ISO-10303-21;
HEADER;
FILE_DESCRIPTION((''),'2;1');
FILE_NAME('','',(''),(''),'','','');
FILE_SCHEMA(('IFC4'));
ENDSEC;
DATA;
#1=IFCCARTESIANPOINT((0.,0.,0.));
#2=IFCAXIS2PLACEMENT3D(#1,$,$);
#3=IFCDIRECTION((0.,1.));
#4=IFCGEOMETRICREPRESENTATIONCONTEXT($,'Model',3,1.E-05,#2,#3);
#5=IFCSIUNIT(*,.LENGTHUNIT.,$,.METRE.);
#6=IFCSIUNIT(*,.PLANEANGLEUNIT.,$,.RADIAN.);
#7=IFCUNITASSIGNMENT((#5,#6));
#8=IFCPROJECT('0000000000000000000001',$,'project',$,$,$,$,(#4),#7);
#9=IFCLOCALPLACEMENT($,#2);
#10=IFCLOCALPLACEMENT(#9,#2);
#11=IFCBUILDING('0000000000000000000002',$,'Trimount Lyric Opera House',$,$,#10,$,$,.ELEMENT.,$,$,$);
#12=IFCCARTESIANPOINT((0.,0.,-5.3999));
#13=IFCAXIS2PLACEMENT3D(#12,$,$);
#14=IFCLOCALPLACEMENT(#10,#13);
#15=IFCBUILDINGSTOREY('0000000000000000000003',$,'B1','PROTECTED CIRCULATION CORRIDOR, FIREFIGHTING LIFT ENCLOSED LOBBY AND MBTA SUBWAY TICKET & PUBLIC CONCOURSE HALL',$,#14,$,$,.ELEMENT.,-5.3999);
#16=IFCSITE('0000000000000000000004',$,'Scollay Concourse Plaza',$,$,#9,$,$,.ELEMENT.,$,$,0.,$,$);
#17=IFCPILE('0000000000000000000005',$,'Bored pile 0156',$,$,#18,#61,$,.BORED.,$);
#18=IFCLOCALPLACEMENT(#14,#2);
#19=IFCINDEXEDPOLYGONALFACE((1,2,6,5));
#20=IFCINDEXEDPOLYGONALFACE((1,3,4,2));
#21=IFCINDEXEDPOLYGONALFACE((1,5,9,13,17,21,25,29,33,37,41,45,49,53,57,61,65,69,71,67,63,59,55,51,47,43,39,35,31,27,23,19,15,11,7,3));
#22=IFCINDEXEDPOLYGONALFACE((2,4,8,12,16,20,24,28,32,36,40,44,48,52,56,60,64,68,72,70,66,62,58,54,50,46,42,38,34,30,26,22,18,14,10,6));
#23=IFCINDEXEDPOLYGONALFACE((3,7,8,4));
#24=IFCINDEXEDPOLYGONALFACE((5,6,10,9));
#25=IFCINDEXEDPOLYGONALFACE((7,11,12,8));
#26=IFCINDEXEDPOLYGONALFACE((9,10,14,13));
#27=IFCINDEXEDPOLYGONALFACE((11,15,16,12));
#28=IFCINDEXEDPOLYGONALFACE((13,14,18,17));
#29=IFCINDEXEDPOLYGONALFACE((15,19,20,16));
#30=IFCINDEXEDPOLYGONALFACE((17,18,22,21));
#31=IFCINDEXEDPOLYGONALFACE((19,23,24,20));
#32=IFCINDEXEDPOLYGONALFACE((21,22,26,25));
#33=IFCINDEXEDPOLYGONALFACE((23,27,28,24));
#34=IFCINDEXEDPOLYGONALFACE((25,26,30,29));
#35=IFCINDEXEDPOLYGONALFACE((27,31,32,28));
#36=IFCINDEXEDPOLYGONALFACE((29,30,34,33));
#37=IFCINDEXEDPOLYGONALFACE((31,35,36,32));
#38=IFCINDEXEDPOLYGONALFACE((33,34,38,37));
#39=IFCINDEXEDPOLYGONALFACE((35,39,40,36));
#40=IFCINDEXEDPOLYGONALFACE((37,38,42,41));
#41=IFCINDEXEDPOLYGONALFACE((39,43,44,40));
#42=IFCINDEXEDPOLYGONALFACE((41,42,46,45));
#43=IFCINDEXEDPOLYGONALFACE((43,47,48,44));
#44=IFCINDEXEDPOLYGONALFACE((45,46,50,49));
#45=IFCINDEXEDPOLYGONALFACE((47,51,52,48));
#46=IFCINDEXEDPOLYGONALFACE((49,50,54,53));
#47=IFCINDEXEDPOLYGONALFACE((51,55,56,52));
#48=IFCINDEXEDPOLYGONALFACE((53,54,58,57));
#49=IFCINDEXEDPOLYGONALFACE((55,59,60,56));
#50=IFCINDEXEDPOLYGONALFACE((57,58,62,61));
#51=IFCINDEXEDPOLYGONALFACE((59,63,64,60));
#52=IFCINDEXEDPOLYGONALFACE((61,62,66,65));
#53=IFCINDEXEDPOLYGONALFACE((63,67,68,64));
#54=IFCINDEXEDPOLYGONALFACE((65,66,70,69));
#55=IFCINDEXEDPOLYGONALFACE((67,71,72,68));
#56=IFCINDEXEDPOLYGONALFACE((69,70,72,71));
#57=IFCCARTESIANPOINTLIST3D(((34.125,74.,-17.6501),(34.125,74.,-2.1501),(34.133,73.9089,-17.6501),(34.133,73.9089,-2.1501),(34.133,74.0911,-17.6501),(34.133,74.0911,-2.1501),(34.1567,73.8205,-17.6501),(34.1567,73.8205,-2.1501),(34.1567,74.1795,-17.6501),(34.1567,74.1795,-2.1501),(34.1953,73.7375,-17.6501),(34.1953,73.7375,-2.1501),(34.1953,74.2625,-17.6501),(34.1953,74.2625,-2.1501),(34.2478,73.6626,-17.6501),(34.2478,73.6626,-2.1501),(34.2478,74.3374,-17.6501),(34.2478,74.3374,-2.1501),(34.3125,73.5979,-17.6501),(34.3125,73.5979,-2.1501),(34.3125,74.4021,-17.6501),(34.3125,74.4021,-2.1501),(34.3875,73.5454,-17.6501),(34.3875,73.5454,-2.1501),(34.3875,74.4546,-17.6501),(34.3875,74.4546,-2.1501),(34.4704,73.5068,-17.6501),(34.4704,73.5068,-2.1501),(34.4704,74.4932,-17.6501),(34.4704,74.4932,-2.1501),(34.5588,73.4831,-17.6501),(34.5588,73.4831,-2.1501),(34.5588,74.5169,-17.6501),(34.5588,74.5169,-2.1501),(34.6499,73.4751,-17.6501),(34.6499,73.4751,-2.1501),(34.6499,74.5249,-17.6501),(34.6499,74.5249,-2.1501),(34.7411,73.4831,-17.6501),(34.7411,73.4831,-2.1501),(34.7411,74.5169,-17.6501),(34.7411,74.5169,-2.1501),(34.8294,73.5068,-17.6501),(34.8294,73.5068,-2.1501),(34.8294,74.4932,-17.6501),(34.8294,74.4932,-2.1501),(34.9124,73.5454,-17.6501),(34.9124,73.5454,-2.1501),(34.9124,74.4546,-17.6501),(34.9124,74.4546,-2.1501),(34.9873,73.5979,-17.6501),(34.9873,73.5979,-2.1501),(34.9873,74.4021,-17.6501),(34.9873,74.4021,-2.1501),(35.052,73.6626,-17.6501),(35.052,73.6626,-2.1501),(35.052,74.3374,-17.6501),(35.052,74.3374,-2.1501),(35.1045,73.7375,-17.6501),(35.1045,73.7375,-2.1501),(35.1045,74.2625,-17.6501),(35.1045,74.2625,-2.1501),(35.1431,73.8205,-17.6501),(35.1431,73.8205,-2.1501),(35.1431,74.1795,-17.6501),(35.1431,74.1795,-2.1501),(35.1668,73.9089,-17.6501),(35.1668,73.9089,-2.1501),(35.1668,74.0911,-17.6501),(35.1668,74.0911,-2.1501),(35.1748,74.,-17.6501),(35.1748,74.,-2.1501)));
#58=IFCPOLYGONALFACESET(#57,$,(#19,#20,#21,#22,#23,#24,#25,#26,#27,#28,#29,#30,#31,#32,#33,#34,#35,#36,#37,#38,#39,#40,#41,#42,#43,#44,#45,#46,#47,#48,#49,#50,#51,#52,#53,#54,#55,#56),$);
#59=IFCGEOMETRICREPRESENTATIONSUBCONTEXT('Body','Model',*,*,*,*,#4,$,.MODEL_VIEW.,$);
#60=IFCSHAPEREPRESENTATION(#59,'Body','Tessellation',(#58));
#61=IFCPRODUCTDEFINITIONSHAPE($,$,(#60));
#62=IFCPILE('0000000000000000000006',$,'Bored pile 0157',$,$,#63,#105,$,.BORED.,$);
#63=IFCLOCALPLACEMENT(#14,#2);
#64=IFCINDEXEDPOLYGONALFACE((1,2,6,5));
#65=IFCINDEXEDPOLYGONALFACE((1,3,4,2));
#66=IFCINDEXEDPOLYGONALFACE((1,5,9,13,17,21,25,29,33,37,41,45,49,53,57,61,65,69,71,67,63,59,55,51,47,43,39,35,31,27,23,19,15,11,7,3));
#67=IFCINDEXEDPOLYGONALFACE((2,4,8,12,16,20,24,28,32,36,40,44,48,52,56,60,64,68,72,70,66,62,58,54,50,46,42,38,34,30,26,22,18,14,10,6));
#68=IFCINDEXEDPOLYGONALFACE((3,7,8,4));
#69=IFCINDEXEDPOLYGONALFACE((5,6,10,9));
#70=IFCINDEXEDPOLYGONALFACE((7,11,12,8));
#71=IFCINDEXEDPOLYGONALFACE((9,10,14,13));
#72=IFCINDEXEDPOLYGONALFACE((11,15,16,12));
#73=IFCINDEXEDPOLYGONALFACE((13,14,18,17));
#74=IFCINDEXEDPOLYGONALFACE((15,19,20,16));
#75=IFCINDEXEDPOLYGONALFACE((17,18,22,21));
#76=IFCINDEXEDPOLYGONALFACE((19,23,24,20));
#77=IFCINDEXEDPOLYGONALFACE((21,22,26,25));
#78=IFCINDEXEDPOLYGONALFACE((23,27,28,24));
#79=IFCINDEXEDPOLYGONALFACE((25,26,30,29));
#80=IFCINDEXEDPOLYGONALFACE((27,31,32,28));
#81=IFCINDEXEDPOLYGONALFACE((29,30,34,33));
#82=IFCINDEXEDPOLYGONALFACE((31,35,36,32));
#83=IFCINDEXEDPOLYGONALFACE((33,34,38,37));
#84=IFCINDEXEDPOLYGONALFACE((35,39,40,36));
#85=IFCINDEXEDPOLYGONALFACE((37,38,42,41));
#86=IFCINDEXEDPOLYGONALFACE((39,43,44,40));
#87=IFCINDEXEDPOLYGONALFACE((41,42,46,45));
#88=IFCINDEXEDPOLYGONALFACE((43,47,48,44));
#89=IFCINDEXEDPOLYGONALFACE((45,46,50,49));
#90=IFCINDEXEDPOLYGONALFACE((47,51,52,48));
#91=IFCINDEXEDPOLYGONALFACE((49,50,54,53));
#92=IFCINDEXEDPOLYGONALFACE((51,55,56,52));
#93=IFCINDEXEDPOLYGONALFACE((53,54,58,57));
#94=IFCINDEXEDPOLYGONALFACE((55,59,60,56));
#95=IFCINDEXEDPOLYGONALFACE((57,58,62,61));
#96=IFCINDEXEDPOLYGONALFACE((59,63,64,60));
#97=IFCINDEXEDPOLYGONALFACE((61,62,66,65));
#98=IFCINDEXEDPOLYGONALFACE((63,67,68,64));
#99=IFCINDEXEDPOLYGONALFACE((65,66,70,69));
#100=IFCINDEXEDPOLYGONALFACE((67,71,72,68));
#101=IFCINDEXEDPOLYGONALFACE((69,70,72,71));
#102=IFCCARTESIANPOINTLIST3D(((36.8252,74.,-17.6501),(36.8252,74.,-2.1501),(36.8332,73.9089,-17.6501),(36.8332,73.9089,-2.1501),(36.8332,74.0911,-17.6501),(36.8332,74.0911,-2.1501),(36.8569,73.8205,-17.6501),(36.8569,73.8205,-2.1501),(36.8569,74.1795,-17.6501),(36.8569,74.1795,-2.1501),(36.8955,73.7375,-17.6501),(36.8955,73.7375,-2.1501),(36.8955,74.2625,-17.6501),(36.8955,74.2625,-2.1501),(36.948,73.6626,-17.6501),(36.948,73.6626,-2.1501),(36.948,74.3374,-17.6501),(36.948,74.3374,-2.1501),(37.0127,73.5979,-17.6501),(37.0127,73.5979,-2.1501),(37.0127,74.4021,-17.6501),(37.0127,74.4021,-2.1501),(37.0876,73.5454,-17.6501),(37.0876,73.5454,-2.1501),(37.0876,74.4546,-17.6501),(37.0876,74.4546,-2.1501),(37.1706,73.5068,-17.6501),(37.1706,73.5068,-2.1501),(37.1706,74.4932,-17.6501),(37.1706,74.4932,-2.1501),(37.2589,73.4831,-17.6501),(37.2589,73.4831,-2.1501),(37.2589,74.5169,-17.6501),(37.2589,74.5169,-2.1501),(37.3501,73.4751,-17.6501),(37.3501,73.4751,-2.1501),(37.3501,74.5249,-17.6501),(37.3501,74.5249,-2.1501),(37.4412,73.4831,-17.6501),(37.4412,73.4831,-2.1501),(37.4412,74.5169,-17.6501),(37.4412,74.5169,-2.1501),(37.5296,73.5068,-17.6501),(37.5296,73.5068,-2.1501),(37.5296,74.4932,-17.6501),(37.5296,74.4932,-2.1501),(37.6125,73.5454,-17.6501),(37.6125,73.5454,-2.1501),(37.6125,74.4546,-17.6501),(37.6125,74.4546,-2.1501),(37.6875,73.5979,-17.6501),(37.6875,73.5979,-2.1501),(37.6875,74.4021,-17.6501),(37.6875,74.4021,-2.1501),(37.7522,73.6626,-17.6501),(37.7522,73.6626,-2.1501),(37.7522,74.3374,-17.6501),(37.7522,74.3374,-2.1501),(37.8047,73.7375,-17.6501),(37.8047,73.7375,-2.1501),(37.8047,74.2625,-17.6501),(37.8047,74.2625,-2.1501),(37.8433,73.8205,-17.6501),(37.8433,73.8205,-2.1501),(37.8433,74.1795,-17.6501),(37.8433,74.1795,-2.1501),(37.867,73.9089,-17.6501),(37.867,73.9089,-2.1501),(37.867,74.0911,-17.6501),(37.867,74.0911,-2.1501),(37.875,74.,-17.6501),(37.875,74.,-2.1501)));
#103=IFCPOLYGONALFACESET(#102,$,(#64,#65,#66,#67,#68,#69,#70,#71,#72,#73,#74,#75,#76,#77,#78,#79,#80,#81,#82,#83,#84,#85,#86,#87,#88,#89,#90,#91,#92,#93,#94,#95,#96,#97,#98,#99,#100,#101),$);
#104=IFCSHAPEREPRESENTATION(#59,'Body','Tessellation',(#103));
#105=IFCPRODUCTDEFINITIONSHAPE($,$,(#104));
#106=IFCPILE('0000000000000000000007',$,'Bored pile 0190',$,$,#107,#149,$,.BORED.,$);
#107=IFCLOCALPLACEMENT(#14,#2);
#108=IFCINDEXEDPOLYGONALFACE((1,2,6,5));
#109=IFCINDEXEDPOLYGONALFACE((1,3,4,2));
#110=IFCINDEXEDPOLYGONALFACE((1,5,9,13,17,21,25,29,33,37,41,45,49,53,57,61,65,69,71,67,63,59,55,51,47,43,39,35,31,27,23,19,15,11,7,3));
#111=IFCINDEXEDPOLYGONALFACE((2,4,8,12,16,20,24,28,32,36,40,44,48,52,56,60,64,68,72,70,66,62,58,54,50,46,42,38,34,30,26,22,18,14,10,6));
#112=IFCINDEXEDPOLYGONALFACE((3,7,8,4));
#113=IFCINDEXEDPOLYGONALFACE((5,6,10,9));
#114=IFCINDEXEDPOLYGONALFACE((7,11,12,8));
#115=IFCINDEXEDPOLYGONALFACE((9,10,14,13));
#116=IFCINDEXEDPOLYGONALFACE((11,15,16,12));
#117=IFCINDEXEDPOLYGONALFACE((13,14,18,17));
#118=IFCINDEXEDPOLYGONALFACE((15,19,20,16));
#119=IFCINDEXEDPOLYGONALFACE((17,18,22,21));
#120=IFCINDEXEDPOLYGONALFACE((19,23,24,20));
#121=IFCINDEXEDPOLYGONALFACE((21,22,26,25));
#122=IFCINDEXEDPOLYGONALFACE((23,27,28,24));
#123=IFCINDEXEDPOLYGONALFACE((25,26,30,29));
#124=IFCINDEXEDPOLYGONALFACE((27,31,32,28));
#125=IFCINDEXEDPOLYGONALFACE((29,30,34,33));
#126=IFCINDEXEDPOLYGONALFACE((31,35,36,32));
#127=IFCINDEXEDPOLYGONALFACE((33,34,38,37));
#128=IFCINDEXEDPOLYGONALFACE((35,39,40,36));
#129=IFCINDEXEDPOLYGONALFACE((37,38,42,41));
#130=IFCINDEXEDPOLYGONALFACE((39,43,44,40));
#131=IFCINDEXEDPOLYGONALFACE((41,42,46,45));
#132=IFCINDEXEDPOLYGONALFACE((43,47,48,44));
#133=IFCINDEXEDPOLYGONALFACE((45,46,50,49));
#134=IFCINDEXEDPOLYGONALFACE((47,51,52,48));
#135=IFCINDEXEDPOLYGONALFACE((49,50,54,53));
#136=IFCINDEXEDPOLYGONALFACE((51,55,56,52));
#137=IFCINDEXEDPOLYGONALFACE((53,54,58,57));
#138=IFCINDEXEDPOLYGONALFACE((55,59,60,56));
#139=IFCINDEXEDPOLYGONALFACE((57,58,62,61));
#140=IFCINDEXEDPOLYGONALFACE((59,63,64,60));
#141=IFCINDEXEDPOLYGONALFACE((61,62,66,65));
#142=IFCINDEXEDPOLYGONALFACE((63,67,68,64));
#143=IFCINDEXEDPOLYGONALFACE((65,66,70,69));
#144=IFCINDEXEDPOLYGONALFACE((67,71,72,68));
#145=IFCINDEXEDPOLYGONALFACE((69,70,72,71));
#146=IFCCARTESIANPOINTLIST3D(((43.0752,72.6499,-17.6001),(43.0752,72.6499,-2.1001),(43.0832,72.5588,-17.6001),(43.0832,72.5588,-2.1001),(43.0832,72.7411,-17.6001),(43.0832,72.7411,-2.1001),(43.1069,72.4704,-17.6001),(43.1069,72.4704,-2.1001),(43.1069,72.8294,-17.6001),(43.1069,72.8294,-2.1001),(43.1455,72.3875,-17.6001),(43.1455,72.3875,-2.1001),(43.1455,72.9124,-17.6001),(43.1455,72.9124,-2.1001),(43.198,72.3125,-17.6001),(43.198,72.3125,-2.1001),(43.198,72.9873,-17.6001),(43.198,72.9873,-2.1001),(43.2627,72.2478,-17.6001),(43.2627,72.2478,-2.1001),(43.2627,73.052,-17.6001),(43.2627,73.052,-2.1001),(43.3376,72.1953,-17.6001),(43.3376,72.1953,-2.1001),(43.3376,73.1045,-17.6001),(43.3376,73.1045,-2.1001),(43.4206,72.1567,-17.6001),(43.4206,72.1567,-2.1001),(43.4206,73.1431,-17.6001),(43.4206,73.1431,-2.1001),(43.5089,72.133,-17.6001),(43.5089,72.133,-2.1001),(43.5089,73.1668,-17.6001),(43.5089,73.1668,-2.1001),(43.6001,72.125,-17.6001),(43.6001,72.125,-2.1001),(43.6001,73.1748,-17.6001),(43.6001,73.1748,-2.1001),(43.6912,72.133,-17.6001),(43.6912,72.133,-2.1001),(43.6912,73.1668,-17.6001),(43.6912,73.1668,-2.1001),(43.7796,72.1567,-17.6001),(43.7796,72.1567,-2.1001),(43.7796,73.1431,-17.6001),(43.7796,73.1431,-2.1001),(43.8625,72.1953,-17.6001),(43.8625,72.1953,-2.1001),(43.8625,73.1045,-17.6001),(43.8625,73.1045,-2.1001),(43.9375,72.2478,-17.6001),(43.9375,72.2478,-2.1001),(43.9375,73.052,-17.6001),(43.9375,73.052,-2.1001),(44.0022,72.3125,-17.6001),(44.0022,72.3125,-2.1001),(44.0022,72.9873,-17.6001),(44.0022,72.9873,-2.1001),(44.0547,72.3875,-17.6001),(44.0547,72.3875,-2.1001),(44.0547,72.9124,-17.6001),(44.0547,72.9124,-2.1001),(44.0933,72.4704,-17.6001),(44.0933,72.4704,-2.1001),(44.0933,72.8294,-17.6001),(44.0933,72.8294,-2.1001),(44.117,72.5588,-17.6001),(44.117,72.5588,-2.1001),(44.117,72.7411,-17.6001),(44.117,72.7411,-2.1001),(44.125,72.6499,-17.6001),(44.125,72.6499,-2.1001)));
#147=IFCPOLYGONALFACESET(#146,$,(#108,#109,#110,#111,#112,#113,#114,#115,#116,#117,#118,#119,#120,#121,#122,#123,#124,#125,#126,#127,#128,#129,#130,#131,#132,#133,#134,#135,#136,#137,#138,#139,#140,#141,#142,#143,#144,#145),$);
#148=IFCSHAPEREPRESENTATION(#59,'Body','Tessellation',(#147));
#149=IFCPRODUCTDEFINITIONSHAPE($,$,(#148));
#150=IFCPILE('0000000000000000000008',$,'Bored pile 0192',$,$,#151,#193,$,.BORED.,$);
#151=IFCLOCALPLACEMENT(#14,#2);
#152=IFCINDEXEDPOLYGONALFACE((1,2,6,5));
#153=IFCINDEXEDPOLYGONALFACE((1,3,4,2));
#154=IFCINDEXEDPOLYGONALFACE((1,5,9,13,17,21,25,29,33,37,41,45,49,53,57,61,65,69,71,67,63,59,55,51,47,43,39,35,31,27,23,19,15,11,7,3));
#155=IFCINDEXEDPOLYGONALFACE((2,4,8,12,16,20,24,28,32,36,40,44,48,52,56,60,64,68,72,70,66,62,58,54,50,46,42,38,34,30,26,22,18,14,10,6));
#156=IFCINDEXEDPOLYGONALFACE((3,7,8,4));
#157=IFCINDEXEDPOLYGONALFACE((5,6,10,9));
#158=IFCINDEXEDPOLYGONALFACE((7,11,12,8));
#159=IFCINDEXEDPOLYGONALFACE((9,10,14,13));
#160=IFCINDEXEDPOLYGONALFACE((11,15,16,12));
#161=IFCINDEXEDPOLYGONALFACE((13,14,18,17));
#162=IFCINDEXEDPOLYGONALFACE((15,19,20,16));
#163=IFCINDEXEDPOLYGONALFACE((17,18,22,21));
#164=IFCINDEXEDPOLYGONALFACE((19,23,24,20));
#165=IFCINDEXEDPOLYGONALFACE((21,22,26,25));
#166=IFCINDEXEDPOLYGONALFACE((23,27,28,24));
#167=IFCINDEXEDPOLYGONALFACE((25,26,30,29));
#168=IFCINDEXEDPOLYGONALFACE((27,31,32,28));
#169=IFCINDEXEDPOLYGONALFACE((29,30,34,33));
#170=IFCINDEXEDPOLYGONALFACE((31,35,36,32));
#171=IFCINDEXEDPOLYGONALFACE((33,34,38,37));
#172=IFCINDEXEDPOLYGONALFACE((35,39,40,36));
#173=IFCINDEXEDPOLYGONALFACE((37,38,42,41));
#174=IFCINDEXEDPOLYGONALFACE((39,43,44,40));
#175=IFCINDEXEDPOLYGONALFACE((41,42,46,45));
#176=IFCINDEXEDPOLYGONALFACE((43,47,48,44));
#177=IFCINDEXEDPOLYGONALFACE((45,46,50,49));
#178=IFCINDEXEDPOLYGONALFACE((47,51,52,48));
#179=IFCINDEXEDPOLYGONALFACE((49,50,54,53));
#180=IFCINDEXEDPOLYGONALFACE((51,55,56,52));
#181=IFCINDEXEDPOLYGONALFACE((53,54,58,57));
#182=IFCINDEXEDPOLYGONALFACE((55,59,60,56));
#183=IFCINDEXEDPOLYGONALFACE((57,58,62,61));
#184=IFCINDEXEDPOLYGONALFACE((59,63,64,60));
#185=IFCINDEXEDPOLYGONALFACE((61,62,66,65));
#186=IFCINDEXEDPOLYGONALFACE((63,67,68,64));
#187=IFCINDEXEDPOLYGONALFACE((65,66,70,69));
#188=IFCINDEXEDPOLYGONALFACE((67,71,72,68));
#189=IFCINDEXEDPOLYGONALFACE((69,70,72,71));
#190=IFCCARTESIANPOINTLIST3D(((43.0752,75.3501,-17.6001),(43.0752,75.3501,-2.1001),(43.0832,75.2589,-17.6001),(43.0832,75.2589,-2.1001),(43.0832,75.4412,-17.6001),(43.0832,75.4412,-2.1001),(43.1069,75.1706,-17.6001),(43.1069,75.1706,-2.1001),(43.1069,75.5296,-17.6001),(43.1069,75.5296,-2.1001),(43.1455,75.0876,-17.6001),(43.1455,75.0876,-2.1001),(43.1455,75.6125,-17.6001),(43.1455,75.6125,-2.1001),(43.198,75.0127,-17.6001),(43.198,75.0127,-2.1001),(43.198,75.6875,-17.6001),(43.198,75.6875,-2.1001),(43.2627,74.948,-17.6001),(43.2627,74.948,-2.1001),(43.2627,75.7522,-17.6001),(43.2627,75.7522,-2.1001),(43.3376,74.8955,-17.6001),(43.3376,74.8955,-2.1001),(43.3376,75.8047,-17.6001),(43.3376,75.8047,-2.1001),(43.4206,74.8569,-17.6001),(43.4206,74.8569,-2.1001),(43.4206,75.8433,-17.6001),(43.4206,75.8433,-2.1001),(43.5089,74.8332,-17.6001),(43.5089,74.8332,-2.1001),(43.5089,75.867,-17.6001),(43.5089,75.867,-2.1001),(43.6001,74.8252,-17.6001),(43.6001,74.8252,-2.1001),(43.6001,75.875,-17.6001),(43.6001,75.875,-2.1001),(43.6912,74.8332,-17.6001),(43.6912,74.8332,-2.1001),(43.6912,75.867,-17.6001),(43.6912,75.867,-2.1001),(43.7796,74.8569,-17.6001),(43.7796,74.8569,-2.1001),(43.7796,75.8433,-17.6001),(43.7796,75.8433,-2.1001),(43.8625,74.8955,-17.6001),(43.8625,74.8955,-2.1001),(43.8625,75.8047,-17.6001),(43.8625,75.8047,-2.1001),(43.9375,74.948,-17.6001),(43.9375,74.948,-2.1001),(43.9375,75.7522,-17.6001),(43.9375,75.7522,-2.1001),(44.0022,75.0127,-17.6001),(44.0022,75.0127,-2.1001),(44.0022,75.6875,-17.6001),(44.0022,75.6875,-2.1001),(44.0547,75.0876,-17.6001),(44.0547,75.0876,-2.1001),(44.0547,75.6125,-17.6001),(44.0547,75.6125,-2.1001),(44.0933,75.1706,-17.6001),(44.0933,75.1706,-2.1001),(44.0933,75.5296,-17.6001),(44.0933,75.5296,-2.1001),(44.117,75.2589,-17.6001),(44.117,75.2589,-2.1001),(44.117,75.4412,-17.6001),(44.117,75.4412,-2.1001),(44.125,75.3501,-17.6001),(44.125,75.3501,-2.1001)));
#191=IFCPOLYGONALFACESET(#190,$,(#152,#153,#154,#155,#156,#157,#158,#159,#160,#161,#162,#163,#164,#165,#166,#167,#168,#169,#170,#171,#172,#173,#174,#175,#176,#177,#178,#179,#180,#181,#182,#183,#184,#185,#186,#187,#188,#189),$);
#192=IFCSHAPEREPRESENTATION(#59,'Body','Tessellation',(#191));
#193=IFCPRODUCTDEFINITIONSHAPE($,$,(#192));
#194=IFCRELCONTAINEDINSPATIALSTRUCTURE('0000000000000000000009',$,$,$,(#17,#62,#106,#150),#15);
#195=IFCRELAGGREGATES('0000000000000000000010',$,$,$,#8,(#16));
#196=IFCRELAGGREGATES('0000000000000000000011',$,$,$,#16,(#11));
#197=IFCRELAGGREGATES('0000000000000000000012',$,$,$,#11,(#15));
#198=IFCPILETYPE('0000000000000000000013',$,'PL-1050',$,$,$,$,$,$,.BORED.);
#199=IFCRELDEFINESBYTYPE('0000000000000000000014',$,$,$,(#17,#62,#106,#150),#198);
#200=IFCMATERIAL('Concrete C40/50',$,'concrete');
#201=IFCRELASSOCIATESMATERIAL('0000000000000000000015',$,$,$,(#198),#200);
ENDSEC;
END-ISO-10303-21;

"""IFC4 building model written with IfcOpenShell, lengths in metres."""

from ifc_helpers import new_model, si_unit, direction, frame, origin, origin_2d, place, context, subcontext, project, spatial, circle, extrude, material, material_profile, profile_set, type_object, element, save


model = new_model("IFC4")

# Units and contexts
model_context = context("Model", 3, precision=1e-05, world=origin(), true_north=direction((0.0, 1.0)))
body_context = subcontext(model_context, "Body", "Model", "MODEL_VIEW")
ifc_project = project(units=[si_unit("LENGTHUNIT", "METRE"), si_unit("PLANEANGLEUNIT", "RADIAN")], contexts=[model_context])

# Site, building, storey
site_placement = place(None, origin())
site = spatial("IfcSite", under=ifc_project, at=site_placement, Name="Scollay Concourse Plaza", CompositionType="ELEMENT", RefElevation=0.0)
building_placement = place(site_placement, origin())
building = spatial("IfcBuilding", under=site, at=building_placement, Name="Trimount Lyric Opera House", CompositionType="ELEMENT")
storey_placement = place(building_placement, frame((0.0, 0.0, -5.3999)))
storey = spatial("IfcBuildingStorey", under=building, at=storey_placement, Name="B1", Description="PROTECTED CIRCULATION CORRIDOR, FIREFIGHTING LIFT ENCLOSED LOBBY AND MBTA SUBWAY TICKET & PUBLIC CONCOURSE HALL", CompositionType="ELEMENT", Elevation=-5.3999)

# Piles
ifc_material_1 = material(Name="Concrete C40/50", Category="concrete")
ifc_material_profile_1 = material_profile(ifc_material_1, circle(Radius=0.5249, at=origin_2d()), Name="PILE-D1050")
ifc_profile_set_1 = profile_set([ifc_material_profile_1], Name="Concrete C40/50")
pile_type_1 = type_object("IfcPileType", Name="PL-1050", PredefinedType="BORED", material=ifc_profile_set_1)
for number, where, z_axis, x_axis, name in (
    (1, (34.6499, 74.0, -2.1501), (0.0, 0.0, -1.0), (1.0, 0.0, 0.0), "Bored pile 0156"),
    (2, (37.3501, 74.0, -2.1501), (0.0, 0.0, -1.0), (1.0, 0.0, 0.0), "Bored pile 0157"),
    (3, (43.6001, 72.6499, -2.1001), (0.0, 0.0, -1.0), (1.0, 0.0, 0.0), "Bored pile 0190"),
    (4, (43.6001, 75.3501, -2.1001), (0.0, 0.0, -1.0), (1.0, 0.0, 0.0), "Bored pile 0192"),
):
    element("IfcPile", number, at=place(storey_placement, frame(where, z_axis=z_axis, x_axis=x_axis)), inside=storey, type_object=pile_type_1, Name=name, PredefinedType="BORED", context=body_context, shape_type="SweptSolid", body=[
        extrude(circle(Radius=0.5249, at=origin_2d()), origin(), (0.0, 0.0, 1.0), 15.5),
    ])

save(model, "model.ifc")
